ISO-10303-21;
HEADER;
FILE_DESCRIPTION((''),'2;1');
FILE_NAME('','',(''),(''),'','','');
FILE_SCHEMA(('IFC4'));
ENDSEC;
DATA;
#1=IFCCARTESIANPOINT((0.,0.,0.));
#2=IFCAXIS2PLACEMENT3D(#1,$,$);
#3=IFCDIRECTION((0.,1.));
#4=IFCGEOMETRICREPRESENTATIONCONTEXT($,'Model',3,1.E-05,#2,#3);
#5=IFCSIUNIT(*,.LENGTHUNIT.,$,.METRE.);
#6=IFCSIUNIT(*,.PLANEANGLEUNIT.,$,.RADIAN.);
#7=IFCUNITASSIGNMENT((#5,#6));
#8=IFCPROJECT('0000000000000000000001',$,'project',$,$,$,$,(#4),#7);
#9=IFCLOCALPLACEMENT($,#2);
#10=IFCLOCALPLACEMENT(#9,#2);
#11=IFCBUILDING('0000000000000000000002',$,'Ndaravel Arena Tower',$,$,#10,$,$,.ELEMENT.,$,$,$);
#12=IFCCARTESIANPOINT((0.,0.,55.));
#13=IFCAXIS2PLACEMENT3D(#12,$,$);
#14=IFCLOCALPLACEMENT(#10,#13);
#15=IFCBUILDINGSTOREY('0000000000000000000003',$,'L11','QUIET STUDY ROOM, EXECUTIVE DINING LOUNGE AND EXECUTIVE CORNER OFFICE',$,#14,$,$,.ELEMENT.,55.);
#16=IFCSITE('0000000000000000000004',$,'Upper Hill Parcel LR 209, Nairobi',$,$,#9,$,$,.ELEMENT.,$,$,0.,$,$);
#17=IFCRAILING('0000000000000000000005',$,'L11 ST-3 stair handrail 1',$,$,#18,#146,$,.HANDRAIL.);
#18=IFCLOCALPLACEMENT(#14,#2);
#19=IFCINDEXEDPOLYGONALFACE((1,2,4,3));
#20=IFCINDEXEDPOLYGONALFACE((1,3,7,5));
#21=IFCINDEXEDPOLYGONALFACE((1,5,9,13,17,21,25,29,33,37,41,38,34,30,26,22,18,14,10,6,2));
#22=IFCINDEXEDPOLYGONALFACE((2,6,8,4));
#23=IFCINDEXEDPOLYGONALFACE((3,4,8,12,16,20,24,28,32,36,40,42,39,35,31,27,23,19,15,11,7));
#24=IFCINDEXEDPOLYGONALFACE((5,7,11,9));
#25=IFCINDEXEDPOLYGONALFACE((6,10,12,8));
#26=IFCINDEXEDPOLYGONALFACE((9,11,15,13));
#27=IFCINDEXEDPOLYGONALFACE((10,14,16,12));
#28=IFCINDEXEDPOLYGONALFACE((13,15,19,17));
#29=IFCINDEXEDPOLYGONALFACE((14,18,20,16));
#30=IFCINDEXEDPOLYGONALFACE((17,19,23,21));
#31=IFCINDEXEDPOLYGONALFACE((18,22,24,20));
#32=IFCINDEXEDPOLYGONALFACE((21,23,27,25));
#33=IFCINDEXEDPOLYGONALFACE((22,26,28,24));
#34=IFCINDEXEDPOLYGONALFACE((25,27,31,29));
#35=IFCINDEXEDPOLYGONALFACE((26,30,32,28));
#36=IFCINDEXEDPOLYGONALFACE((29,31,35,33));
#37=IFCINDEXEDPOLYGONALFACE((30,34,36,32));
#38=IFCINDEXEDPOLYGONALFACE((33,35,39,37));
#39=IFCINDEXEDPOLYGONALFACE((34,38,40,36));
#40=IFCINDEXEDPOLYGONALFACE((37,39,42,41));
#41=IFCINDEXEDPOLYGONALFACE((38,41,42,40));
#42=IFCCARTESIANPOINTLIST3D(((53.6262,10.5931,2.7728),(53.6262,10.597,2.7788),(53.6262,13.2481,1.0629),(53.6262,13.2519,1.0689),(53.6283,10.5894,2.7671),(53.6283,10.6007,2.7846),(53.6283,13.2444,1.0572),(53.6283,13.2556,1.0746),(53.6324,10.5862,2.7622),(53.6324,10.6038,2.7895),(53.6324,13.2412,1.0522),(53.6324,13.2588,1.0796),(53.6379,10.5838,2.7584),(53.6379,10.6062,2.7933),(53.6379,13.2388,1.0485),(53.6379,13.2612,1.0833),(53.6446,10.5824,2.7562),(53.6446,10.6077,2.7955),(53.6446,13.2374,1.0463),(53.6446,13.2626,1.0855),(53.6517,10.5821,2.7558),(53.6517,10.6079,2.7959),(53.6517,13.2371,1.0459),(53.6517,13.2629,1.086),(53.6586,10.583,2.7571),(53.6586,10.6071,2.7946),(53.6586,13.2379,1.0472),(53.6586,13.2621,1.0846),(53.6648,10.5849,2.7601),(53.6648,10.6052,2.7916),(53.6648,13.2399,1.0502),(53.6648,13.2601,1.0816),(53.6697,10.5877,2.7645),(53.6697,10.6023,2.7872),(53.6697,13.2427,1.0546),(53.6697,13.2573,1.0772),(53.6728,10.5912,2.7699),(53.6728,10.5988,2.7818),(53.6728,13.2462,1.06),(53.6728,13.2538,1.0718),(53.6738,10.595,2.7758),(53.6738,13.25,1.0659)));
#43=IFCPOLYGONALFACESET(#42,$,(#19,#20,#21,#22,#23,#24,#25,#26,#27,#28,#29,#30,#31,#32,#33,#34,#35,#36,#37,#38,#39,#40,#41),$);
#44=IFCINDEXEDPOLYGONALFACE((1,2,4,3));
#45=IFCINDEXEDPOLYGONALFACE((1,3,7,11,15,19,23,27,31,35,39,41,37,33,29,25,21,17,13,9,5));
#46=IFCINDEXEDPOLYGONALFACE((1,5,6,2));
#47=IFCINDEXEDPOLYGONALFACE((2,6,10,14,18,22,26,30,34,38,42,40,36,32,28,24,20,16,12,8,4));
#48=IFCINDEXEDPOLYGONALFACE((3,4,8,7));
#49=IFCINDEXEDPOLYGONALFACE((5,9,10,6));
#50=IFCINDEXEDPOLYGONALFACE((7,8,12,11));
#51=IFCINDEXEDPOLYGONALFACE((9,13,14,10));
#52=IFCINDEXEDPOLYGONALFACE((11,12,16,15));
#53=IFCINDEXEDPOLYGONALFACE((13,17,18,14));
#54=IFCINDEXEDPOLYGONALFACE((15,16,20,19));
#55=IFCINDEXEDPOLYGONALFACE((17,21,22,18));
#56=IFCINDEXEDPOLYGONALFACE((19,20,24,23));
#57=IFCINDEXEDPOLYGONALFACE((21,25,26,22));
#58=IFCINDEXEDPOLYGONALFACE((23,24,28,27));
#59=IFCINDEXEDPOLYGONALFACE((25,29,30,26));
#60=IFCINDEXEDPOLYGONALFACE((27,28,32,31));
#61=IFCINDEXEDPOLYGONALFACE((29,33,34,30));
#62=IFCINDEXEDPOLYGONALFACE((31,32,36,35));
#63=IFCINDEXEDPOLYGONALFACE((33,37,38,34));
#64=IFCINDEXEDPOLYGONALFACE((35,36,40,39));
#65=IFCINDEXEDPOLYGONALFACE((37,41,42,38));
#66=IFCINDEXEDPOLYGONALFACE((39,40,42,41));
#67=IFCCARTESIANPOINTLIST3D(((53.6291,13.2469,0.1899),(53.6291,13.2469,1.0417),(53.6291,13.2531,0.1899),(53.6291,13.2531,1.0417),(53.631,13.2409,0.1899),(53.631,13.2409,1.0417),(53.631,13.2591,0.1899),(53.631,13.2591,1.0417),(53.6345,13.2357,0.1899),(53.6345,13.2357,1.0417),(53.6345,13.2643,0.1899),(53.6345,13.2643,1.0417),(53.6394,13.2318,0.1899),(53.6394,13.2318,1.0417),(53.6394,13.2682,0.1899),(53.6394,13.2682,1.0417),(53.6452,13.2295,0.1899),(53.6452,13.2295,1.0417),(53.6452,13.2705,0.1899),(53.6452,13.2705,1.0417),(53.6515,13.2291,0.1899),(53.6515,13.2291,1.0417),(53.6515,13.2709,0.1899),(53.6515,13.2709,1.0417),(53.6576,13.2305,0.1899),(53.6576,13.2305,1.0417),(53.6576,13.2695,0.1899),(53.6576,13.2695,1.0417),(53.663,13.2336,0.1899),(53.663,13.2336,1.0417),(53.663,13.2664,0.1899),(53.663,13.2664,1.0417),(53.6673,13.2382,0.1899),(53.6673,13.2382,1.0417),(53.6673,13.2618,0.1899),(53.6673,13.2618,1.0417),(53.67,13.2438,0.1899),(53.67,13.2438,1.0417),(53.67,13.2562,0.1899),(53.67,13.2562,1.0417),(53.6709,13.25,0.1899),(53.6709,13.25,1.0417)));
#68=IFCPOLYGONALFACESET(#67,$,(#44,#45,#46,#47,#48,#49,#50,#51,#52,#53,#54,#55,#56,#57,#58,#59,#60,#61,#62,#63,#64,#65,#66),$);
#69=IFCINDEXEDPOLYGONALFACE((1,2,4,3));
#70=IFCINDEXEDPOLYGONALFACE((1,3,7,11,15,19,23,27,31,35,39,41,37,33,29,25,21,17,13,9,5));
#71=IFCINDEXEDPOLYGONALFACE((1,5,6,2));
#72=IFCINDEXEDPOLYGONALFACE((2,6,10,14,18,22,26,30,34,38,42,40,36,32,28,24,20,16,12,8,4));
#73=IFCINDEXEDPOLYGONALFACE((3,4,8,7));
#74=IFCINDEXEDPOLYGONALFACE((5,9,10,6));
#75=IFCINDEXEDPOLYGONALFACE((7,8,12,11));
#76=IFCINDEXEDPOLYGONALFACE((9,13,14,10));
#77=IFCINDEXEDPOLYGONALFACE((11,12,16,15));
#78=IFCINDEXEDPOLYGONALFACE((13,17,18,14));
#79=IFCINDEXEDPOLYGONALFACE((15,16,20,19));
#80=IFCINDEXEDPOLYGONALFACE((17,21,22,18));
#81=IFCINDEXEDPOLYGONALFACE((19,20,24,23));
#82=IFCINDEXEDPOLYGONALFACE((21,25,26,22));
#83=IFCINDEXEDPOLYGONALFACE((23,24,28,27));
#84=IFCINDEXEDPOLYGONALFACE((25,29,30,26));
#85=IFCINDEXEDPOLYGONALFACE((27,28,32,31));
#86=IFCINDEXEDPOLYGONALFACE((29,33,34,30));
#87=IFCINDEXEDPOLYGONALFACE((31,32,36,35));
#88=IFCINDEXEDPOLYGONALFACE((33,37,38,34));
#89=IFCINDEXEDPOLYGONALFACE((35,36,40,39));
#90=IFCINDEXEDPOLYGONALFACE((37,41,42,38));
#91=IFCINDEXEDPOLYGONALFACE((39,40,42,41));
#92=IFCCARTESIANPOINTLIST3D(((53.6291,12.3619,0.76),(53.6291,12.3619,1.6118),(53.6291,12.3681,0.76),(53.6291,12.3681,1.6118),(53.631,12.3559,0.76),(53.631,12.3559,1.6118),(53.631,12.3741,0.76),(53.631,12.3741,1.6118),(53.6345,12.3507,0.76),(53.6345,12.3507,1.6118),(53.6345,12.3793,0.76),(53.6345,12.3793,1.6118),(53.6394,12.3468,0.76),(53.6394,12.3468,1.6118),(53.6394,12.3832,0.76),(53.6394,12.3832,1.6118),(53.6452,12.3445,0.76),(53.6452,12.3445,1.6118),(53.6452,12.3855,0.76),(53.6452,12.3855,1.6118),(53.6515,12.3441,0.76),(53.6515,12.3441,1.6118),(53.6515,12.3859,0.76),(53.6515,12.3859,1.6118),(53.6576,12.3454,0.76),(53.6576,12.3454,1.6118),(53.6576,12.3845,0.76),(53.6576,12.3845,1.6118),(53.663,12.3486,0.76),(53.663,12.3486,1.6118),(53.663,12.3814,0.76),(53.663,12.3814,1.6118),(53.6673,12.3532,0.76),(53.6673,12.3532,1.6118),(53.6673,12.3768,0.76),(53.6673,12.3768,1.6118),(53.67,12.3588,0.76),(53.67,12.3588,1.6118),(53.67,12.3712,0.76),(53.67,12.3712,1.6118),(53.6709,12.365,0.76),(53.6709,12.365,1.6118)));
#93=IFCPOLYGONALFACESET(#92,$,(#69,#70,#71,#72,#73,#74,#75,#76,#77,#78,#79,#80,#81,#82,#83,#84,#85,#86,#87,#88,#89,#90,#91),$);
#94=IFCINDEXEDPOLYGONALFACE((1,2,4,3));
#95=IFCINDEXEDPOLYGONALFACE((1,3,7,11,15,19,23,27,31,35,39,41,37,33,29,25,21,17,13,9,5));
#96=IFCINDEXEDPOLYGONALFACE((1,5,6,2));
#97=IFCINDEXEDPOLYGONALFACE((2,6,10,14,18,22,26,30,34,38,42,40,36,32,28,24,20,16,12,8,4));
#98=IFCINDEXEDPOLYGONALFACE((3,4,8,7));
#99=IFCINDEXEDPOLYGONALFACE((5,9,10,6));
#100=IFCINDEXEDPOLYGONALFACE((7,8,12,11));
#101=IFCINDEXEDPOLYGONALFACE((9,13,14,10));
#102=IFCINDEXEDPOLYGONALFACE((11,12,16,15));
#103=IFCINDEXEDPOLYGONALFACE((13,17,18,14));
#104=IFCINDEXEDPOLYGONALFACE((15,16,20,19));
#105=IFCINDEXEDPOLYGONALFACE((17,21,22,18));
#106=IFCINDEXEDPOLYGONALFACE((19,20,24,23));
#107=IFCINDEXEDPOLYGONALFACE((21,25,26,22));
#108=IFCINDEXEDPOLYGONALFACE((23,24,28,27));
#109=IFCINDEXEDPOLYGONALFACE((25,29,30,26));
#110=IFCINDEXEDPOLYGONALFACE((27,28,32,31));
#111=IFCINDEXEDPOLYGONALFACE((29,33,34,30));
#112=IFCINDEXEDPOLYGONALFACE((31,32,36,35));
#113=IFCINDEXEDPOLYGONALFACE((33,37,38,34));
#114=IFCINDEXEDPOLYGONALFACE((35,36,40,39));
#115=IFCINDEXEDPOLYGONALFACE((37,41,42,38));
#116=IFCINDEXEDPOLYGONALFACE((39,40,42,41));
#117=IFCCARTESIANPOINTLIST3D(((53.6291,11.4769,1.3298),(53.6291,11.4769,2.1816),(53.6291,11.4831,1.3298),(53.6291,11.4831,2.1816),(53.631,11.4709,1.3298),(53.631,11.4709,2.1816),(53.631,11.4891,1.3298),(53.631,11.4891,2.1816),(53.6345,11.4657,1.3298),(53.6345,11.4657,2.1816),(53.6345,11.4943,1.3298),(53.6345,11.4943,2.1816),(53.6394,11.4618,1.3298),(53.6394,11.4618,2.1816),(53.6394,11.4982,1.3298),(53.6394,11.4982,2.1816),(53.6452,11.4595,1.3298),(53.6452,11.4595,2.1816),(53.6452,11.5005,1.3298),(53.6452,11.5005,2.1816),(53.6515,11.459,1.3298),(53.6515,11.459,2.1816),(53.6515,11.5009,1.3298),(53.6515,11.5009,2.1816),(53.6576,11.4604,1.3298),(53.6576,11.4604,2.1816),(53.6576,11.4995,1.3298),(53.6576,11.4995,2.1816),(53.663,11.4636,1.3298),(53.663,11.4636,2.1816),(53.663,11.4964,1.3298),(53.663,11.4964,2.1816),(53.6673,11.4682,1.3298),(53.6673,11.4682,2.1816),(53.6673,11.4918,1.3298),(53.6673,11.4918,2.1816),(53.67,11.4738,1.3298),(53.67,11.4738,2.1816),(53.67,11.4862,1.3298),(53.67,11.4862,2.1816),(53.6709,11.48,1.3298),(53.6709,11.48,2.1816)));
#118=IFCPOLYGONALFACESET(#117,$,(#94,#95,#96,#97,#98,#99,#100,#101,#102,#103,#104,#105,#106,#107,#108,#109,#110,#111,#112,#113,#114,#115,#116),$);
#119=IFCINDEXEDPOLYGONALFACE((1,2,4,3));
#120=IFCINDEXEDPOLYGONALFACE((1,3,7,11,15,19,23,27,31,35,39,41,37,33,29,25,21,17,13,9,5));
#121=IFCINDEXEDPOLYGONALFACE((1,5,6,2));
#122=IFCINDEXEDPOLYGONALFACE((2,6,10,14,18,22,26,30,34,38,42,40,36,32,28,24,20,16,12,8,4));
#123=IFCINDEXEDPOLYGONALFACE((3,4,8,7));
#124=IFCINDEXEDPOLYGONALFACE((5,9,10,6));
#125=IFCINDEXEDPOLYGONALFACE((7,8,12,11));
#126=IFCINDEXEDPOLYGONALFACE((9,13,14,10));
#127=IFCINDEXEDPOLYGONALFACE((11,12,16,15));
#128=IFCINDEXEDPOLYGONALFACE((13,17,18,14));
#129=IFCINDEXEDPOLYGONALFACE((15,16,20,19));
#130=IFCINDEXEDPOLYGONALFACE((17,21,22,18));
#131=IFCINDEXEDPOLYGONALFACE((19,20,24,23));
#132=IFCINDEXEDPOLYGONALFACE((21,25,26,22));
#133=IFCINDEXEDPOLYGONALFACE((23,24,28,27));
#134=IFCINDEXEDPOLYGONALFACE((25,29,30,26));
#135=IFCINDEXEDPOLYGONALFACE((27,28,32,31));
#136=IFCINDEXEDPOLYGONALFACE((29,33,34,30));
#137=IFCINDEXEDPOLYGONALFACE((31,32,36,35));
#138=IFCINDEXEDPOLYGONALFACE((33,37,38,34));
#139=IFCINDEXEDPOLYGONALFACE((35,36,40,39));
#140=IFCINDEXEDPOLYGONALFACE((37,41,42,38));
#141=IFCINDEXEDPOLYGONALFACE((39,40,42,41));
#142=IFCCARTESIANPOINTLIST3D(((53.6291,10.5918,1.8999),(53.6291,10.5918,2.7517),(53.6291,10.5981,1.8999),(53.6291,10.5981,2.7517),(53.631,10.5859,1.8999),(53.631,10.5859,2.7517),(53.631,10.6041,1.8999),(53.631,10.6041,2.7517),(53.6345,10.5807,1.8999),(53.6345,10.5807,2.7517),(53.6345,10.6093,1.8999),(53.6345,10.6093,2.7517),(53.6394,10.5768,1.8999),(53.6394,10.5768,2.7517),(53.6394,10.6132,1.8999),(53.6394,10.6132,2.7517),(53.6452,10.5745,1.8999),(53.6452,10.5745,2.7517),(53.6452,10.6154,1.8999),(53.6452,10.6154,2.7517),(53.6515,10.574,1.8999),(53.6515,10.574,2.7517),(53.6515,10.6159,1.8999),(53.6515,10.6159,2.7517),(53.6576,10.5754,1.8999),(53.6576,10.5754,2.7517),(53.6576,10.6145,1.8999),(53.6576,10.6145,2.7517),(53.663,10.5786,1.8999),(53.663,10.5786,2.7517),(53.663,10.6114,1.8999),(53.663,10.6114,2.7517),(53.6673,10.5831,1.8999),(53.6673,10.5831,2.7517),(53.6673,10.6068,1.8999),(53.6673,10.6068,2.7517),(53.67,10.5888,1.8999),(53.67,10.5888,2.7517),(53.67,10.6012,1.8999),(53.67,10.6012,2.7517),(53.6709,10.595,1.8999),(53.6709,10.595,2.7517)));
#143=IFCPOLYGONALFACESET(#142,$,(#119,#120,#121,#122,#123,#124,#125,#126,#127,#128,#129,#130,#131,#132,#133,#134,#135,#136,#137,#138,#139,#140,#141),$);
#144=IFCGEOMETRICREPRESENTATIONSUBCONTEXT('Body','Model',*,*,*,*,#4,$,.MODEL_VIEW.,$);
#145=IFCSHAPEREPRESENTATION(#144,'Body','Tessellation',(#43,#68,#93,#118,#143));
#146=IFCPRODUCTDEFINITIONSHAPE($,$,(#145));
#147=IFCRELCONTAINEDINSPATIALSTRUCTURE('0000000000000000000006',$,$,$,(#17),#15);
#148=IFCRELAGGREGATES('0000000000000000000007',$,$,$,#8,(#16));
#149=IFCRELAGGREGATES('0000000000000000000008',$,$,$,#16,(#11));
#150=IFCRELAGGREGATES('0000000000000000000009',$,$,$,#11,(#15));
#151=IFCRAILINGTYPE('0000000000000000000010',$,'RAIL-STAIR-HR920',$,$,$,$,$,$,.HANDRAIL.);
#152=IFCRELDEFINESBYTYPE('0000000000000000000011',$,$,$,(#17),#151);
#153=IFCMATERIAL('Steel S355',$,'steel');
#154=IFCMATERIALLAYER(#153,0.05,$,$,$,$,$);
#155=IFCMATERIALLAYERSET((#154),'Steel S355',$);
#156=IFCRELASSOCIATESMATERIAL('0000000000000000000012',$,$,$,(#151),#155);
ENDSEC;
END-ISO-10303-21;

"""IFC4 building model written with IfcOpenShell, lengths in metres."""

from ifc_helpers import new_model, si_unit, direction, frame, origin, origin_2d, place, context, subcontext, project, spatial, circle, extrude, material, layer, layer_set, type_object, element, save


model = new_model("IFC4")

# Units and contexts
model_context = context("Model", 3, precision=1e-05, world=origin(), true_north=direction((0.0, 1.0)))
body_context = subcontext(model_context, "Body", "Model", "MODEL_VIEW")
ifc_project = project(units=[si_unit("LENGTHUNIT", "METRE"), si_unit("PLANEANGLEUNIT", "RADIAN")], contexts=[model_context])

# Site, building, storey
site_placement = place(None, origin())
site = spatial("IfcSite", under=ifc_project, at=site_placement, Name="Upper Hill Parcel LR 209, Nairobi", CompositionType="ELEMENT", RefElevation=0.0)
building_placement = place(site_placement, origin())
building = spatial("IfcBuilding", under=site, at=building_placement, Name="Ndaravel Arena Tower", CompositionType="ELEMENT")
storey_placement = place(building_placement, frame((0.0, 0.0, 55.0)))
storey = spatial("IfcBuildingStorey", under=building, at=storey_placement, Name="L11", Description="QUIET STUDY ROOM, EXECUTIVE DINING LOUNGE AND EXECUTIVE CORNER OFFICE", CompositionType="ELEMENT", Elevation=55.0)

# Railing
ifc_material_1 = material(Name="Steel S355", Category="steel")
ifc_layer_1 = layer(ifc_material_1, 0.05)
ifc_layer_set_1 = layer_set([ifc_layer_1], Name="Steel S355")
railing_type_1 = type_object("IfcRailingType", Name="RAIL-STAIR-HR920", PredefinedType="HANDRAIL", material=ifc_layer_set_1)
railing_1_placement = place(storey_placement, frame((53.6499, 13.25, 0.1899)))
element("IfcRailing", 1, at=railing_1_placement, inside=storey, type_object=railing_type_1, Name="L11 ST-3 stair handrail 1", PredefinedType="HANDRAIL", context=body_context, shape_type="SweptSolid", body=[
    extrude(circle(Radius=0.0239, at=origin_2d()), frame((0.0, 0.0, 0.876), z_axis=(0.0, -0.840724, 0.541465), x_axis=(1.0, 0.0, 0.0)), (0.0, 0.0, 1.0), 3.158),
    extrude(circle(Radius=0.021, at=origin_2d()), origin(), (0.0, 0.0, 1.0), 0.8518),
    extrude(circle(Radius=0.021, at=origin_2d()), frame((0.0, -0.885, 0.5701)), (0.0, 0.0, 1.0), 0.8518),
    extrude(circle(Radius=0.021, at=origin_2d()), frame((0.0, -1.77, 1.1399)), (0.0, 0.0, 1.0), 0.8518),
    extrude(circle(Radius=0.021, at=origin_2d()), frame((0.0, -2.655, 1.71)), (0.0, 0.0, 1.0), 0.8518),
])

save(model, "model.ifc")
